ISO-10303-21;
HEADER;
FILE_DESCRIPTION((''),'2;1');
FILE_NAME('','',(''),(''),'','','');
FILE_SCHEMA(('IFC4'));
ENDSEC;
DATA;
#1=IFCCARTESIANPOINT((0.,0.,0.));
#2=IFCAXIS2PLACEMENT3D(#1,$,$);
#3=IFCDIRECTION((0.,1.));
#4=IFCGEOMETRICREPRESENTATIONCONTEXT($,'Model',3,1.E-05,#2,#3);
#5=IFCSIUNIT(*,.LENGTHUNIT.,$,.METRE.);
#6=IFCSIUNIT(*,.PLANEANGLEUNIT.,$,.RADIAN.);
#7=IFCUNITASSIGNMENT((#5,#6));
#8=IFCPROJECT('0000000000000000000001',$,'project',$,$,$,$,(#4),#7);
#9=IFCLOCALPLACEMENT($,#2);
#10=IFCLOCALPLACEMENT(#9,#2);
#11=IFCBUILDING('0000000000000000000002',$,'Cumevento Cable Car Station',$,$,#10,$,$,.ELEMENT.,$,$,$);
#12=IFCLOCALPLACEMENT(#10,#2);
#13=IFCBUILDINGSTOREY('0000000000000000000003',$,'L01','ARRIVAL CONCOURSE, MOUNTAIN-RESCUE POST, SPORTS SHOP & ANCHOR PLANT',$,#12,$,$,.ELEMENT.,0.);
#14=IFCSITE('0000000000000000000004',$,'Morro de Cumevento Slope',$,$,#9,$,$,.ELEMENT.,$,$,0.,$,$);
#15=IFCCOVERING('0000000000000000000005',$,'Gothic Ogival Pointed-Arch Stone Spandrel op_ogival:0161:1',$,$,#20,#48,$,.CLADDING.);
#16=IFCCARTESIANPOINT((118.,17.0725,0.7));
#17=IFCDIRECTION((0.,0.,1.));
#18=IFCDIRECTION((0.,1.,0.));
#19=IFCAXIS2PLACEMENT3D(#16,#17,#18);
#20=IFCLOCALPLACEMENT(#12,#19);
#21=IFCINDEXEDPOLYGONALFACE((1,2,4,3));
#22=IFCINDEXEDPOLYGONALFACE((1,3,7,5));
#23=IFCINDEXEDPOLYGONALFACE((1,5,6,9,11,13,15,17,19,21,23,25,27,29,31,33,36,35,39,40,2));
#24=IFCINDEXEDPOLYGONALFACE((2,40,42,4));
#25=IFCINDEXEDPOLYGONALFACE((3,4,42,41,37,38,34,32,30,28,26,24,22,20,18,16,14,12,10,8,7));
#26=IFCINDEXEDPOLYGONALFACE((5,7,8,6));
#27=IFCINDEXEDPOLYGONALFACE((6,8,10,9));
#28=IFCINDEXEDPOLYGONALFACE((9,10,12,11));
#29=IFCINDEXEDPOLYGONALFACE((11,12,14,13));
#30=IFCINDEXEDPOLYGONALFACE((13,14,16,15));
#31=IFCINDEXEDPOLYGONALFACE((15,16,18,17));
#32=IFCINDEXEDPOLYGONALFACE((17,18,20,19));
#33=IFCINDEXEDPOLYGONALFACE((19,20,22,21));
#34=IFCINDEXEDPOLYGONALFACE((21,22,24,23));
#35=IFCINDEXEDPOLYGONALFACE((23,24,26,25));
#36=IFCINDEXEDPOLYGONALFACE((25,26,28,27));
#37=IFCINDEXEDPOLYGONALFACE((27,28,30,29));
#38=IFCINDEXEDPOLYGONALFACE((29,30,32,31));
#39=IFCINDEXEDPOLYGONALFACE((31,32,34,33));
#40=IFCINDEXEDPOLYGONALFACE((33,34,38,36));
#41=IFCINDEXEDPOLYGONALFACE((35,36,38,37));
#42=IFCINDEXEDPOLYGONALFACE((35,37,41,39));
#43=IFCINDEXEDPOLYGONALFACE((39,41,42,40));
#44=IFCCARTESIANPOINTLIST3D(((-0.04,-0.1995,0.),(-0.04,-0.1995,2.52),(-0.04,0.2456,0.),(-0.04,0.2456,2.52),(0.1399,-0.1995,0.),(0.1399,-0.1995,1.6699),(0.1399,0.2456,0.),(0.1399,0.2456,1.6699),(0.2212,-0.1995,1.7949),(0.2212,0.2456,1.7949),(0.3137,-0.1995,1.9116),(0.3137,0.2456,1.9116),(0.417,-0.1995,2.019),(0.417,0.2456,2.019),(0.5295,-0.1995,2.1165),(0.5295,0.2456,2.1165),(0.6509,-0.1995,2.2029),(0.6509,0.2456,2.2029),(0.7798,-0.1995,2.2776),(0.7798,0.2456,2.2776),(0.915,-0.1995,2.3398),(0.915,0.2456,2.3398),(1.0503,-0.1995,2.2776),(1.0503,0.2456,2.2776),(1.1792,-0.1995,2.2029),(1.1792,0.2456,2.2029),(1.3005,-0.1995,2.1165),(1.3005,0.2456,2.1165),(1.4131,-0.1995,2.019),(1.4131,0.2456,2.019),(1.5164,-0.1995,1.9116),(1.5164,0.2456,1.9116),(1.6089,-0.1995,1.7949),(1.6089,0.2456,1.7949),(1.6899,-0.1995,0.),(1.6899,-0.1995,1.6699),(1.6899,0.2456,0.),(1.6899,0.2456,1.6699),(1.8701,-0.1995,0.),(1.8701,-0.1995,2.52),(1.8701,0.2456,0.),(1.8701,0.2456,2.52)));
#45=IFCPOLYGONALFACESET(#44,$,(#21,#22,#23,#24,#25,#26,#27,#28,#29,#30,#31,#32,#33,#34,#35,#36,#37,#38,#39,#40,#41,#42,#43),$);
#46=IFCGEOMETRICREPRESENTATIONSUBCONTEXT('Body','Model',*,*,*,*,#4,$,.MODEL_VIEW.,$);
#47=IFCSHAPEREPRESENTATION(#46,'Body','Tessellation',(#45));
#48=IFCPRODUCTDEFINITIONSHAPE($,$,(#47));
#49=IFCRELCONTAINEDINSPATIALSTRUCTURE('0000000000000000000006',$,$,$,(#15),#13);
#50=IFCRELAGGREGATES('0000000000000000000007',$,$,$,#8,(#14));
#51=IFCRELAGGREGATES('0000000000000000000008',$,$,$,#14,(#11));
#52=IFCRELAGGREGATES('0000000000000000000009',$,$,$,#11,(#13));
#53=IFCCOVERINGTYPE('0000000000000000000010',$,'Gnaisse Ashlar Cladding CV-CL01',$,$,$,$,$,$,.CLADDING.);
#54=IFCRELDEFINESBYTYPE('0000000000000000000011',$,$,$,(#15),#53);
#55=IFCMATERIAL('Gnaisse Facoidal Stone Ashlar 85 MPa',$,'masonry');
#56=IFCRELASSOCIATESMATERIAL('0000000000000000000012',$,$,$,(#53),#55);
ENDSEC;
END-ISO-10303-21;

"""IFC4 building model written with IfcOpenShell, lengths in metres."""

from ifc_helpers import new_model, si_unit, direction, frame, origin, place, context, subcontext, project, spatial, polyline, outline, extrude, material, type_object, element, save


model = new_model("IFC4")

# Units and contexts
model_context = context("Model", 3, precision=1e-05, world=origin(), true_north=direction((0.0, 1.0)))
body_context = subcontext(model_context, "Body", "Model", "MODEL_VIEW")
ifc_project = project(units=[si_unit("LENGTHUNIT", "METRE"), si_unit("PLANEANGLEUNIT", "RADIAN")], contexts=[model_context])

# Site, building, storey
site_placement = place(None, origin())
site = spatial("IfcSite", under=ifc_project, at=site_placement, Name="Morro de Cumevento Slope", CompositionType="ELEMENT", RefElevation=0.0)
building_placement = place(site_placement, origin())
building = spatial("IfcBuilding", under=site, at=building_placement, Name="Cumevento Cable Car Station", CompositionType="ELEMENT")
storey_placement = place(building_placement, origin())
storey = spatial("IfcBuildingStorey", under=building, at=storey_placement, Name="L01", Description="ARRIVAL CONCOURSE, MOUNTAIN-RESCUE POST, SPORTS SHOP & ANCHOR PLANT", CompositionType="ELEMENT", Elevation=0.0)

# Covering
ifc_material_1 = material(Name="Gnaisse Facoidal Stone Ashlar 85 MPa", Category="masonry")
covering_type = type_object("IfcCoveringType", Name="Gnaisse Ashlar Cladding CV-CL01", PredefinedType="CLADDING", material=ifc_material_1)
covering_1_placement = place(storey_placement, frame((118.0, 17.0725, 0.7), z_axis=(0.0, 0.0, 1.0), x_axis=(0.0, 1.0, 0.0)))
element("IfcCovering", 1, at=covering_1_placement, inside=storey, type_object=covering_type, Name="Gothic Ogival Pointed-Arch Stone Spandrel op_ogival:0161:1", PredefinedType="CLADDING", context=body_context, shape_type="SweptSolid", body=[
    extrude(outline(polyline([(-0.04, 0.0), (-0.04, 2.52), (1.8701, 2.52), (1.8701, 0.0), (1.6899, 0.0), (1.6899, 1.6699), (1.6089, 1.7949), (1.5164, 1.9116), (1.4131, 2.019), (1.3005, 2.1165), (1.1792, 2.2029), (1.0503, 2.2776), (0.915, 2.3398), (0.7798, 2.2776), (0.6509, 2.2029), (0.5295, 2.1165), (0.417, 2.019), (0.3137, 1.9116), (0.2212, 1.7949), (0.1399, 1.6699), (0.1399, 0.0), (-0.04, 0.0)])), frame((0.0, 0.2456, 0.0), z_axis=(0.0, -1.0, 0.0), x_axis=(1.0, 0.0, 0.0)), (0.0, 0.0, 1.0), 0.4451),
])

save(model, "model.ifc")
